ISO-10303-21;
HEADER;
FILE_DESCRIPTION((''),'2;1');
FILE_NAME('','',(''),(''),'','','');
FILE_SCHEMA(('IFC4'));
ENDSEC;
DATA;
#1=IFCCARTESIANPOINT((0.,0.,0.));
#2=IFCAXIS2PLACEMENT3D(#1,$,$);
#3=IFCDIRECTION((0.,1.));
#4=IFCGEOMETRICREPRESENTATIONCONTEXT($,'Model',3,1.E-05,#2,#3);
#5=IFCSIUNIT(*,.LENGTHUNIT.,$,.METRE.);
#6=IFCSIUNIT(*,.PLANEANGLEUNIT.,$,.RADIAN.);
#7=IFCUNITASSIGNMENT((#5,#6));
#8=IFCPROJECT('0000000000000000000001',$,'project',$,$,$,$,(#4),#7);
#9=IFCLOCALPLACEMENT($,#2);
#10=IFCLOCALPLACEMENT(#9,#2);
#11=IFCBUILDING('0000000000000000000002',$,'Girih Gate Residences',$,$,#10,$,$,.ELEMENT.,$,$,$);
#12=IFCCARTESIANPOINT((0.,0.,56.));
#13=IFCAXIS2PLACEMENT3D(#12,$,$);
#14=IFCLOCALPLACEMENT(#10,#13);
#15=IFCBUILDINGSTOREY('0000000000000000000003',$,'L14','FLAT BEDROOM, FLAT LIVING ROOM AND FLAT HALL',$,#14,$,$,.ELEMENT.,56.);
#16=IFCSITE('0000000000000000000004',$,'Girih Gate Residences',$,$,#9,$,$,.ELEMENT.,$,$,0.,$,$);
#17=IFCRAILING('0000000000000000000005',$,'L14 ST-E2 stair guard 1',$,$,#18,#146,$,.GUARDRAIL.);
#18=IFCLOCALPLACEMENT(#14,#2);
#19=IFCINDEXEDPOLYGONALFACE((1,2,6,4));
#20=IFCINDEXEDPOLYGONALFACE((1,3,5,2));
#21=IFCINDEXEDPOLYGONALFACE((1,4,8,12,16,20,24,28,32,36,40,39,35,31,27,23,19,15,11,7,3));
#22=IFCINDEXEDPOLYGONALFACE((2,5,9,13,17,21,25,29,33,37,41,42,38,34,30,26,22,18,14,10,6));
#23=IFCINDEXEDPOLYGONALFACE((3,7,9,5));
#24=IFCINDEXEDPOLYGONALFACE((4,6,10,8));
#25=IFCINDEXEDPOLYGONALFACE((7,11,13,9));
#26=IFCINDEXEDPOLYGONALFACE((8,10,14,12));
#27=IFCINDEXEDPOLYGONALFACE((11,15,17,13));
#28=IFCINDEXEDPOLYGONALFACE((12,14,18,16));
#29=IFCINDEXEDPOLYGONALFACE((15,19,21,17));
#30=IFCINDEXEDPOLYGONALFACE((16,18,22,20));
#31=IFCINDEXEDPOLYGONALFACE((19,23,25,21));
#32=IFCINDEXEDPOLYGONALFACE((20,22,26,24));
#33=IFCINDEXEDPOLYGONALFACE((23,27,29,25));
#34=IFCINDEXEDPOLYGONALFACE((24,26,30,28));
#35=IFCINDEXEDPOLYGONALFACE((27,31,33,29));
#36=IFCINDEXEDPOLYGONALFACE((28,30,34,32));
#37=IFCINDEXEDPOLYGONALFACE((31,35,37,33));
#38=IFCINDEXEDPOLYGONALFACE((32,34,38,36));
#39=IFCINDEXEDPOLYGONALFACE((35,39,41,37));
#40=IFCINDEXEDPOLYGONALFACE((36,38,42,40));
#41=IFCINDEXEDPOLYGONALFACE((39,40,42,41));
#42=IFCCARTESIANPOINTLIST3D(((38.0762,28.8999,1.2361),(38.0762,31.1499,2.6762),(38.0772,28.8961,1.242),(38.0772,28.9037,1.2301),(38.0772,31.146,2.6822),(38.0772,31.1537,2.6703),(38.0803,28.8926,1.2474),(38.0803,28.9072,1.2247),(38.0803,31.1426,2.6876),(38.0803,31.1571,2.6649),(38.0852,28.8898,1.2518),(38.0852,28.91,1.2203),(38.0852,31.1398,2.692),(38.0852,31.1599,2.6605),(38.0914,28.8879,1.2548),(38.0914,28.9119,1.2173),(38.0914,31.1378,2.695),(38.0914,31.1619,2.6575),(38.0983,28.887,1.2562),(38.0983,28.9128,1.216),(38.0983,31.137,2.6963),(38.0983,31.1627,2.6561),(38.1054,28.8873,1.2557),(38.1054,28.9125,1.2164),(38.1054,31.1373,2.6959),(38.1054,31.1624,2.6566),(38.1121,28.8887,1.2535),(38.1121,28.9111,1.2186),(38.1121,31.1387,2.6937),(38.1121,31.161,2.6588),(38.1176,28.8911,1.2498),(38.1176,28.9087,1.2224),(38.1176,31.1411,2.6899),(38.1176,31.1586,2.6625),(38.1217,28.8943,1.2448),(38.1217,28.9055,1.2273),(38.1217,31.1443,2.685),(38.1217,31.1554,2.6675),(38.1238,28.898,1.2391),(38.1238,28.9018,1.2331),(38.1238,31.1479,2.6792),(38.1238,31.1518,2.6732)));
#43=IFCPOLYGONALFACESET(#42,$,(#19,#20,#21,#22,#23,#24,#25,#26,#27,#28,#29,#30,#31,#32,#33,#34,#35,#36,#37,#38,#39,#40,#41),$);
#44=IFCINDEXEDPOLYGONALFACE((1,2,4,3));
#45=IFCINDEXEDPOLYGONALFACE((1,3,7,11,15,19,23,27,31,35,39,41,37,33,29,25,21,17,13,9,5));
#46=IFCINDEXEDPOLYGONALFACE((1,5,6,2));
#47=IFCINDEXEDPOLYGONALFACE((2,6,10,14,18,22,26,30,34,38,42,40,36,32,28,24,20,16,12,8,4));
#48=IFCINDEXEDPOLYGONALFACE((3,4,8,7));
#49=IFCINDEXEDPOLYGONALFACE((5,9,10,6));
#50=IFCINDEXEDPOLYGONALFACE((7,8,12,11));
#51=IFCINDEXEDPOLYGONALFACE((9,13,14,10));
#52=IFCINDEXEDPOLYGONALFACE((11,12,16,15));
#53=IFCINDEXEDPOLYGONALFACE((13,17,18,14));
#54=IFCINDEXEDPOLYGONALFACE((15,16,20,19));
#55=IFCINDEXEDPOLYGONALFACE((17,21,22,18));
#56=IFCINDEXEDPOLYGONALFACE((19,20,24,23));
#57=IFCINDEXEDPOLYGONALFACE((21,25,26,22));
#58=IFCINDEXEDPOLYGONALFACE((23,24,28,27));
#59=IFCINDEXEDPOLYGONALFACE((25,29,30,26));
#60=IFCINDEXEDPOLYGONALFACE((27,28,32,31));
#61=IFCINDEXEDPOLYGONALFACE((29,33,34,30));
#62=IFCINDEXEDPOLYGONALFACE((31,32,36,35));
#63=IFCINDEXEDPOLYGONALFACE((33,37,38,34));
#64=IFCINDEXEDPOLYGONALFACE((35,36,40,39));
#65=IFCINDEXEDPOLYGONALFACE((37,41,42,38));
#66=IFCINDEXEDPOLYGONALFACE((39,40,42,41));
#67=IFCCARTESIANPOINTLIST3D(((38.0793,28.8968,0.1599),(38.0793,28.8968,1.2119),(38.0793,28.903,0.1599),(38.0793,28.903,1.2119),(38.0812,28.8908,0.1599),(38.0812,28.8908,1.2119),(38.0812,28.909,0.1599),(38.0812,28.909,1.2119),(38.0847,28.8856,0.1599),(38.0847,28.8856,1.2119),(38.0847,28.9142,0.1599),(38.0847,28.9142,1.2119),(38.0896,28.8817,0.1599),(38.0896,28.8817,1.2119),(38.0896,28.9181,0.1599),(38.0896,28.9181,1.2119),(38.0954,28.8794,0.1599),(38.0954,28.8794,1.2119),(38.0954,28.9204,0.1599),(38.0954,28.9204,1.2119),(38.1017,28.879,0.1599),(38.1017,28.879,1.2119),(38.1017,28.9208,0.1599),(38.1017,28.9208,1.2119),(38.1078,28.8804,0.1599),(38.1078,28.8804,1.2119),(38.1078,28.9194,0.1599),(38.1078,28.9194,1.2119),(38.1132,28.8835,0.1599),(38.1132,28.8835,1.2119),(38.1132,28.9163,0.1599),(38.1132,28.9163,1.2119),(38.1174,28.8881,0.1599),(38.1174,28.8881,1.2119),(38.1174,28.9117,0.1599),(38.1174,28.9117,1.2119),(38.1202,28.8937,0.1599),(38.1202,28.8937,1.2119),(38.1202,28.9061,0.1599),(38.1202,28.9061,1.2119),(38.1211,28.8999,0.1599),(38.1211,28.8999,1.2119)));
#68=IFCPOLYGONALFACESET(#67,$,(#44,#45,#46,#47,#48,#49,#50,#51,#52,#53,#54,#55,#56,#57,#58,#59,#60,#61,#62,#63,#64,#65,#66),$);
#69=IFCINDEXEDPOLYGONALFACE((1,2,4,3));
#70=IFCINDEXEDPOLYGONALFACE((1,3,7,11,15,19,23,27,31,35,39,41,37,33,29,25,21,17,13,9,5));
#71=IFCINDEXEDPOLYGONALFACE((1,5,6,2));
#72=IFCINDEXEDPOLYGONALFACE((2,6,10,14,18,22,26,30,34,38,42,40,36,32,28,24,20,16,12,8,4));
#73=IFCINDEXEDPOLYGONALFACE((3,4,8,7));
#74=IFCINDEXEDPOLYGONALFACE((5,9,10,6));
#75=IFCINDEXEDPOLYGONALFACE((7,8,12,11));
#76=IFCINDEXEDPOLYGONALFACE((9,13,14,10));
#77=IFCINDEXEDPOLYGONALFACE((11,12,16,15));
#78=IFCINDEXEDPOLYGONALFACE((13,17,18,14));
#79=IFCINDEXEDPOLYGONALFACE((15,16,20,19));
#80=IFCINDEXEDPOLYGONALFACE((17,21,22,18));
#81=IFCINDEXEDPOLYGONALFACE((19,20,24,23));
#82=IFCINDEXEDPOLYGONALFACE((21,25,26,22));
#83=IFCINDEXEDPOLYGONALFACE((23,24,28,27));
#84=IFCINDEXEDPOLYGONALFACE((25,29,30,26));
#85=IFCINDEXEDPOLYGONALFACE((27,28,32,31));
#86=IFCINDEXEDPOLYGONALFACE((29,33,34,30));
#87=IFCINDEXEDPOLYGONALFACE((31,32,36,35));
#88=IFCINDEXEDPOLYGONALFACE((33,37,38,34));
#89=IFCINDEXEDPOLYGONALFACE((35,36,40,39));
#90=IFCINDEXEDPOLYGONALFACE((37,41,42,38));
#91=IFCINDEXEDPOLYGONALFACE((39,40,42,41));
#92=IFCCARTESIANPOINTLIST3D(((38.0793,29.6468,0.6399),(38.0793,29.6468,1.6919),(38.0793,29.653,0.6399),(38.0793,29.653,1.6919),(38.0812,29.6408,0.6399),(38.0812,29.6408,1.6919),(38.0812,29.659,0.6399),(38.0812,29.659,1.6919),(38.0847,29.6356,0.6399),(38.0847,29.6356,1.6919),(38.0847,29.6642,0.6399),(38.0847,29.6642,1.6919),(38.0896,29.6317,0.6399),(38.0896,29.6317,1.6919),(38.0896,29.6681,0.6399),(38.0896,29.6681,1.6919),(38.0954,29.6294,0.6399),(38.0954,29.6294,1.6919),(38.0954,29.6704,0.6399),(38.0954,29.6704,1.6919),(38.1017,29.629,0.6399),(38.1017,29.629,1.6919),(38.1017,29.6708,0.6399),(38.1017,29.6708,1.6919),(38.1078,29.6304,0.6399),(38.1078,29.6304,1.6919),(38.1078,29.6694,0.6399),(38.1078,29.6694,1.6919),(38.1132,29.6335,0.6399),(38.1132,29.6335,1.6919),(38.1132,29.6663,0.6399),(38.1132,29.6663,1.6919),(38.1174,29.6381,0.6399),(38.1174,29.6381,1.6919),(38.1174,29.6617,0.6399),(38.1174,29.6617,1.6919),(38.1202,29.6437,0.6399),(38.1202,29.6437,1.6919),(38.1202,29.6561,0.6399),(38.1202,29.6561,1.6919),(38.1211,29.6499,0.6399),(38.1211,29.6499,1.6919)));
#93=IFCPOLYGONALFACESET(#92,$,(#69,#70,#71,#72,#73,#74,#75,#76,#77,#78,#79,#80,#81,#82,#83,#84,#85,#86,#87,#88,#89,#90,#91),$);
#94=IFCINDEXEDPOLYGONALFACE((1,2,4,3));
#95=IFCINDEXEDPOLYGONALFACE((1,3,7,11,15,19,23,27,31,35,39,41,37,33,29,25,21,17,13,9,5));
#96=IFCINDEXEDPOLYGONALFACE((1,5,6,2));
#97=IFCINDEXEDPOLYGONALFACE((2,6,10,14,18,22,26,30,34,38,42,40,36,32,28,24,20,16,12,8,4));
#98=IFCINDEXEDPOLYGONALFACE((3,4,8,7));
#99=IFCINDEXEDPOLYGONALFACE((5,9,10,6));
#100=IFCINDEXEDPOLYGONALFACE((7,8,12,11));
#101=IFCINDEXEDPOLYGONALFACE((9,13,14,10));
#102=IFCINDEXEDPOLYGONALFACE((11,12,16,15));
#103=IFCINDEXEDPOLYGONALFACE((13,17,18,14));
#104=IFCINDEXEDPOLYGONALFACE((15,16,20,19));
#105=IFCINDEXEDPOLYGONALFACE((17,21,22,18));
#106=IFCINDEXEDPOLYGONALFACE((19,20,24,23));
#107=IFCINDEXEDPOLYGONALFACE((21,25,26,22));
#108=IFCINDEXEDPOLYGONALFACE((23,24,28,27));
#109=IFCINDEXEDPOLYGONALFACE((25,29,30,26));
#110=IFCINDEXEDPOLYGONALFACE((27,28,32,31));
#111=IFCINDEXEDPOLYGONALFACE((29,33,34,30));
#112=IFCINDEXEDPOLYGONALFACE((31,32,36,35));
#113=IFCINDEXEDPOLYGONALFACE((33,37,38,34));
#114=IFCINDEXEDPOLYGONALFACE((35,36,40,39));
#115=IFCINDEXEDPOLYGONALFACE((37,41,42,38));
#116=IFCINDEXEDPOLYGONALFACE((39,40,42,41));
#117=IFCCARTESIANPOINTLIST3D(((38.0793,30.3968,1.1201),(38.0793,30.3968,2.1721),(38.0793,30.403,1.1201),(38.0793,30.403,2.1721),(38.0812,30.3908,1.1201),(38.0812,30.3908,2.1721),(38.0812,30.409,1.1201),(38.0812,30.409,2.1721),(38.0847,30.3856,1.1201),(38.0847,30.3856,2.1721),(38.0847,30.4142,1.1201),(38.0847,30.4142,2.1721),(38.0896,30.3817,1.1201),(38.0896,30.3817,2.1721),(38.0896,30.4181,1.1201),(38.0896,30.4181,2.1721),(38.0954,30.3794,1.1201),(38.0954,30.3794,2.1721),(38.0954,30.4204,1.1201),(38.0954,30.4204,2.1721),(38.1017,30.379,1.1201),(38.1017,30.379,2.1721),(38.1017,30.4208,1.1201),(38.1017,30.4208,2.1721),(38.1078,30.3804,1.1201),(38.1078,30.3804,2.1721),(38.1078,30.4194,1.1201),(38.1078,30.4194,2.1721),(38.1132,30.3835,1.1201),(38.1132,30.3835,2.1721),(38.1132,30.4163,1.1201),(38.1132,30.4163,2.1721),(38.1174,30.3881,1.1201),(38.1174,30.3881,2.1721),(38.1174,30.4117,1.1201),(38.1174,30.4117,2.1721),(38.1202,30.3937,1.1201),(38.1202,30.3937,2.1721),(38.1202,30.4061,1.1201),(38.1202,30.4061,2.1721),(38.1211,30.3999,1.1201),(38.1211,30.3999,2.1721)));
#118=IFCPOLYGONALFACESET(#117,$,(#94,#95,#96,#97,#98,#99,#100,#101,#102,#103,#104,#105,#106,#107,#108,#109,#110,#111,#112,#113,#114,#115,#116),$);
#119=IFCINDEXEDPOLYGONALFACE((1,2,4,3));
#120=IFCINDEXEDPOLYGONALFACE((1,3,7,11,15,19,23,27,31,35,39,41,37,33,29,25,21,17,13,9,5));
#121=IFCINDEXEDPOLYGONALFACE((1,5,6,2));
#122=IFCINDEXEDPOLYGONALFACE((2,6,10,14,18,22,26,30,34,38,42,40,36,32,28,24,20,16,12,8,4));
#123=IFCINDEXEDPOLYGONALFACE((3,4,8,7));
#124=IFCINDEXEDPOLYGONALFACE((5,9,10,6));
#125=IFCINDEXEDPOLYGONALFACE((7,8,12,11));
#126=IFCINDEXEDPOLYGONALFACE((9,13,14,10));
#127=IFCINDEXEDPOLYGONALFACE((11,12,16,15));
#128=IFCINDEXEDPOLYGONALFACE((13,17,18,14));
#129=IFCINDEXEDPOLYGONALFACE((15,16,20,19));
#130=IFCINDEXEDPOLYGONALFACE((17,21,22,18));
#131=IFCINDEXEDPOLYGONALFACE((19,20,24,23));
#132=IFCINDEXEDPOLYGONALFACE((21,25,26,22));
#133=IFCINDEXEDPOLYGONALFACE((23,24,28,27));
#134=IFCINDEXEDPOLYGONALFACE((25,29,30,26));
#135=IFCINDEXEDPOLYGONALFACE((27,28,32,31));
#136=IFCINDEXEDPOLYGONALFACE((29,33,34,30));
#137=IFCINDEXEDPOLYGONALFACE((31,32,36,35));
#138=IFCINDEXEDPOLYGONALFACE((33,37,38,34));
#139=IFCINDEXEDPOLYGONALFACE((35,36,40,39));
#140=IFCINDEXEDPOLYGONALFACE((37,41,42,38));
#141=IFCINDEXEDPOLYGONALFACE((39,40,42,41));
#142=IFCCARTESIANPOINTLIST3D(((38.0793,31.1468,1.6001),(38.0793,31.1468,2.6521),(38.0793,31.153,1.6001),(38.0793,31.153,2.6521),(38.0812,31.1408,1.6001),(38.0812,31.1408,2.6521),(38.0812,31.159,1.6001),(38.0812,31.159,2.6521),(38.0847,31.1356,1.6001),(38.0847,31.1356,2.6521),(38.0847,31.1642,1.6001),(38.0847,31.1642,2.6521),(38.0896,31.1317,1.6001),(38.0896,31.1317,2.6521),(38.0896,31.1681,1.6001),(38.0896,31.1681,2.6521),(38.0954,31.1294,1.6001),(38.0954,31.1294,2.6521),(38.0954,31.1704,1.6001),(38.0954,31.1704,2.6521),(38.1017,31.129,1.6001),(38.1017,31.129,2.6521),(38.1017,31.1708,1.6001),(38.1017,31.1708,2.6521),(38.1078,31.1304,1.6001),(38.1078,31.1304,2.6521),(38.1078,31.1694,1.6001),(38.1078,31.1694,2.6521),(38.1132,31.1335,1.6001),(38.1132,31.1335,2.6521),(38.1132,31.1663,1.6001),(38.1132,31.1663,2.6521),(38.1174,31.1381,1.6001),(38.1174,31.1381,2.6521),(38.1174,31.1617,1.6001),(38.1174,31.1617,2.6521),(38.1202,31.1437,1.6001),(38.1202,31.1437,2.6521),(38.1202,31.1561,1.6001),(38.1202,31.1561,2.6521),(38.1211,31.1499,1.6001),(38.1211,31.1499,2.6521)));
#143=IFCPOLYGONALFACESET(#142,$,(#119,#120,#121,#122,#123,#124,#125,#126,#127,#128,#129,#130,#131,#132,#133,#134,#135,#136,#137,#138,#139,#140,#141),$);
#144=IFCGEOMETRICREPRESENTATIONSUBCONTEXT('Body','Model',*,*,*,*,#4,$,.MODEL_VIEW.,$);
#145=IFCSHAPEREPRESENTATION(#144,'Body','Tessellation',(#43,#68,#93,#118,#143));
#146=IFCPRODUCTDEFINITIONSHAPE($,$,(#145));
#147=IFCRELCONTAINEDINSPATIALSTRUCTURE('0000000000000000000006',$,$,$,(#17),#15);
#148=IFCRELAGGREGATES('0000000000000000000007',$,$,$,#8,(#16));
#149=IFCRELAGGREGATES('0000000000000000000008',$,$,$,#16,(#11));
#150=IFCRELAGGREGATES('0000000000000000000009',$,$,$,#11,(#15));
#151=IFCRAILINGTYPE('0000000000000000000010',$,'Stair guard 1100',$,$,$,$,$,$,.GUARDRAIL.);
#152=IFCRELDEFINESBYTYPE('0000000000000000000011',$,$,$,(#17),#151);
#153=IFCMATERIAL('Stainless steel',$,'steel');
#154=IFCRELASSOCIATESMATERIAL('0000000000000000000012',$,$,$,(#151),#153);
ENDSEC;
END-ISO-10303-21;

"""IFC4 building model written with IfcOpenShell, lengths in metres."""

from ifc_helpers import new_model, si_unit, direction, frame, origin, origin_2d, place, context, subcontext, project, spatial, circle, extrude, material, type_object, element, save


model = new_model("IFC4")

# Units and contexts
model_context = context("Model", 3, precision=1e-05, world=origin(), true_north=direction((0.0, 1.0)))
body_context = subcontext(model_context, "Body", "Model", "MODEL_VIEW")
ifc_project = project(units=[si_unit("LENGTHUNIT", "METRE"), si_unit("PLANEANGLEUNIT", "RADIAN")], contexts=[model_context])

# Site, building, storey
site_placement = place(None, origin())
site = spatial("IfcSite", under=ifc_project, at=site_placement, Name="Girih Gate Residences", CompositionType="ELEMENT", RefElevation=0.0)
building_placement = place(site_placement, origin())
building = spatial("IfcBuilding", under=site, at=building_placement, Name="Girih Gate Residences", CompositionType="ELEMENT")
storey_placement = place(building_placement, frame((0.0, 0.0, 56.0)))
storey = spatial("IfcBuildingStorey", under=building, at=storey_placement, Name="L14", Description="FLAT BEDROOM, FLAT LIVING ROOM AND FLAT HALL", CompositionType="ELEMENT", Elevation=56.0)

# Shared definitions
ifc_material_1 = material(Name="Stainless steel", Category="steel")

# Railing
railing_type_1 = type_object("IfcRailingType", Name="Stair guard 1100", PredefinedType="GUARDRAIL", material=ifc_material_1)
railing_1_placement = place(storey_placement, frame((38.1001, 28.8999, 0.1599)))
element("IfcRailing", 1, at=railing_1_placement, inside=storey, type_object=railing_type_1, Name="L14 ST-E2 stair guard 1", PredefinedType="GUARDRAIL", context=body_context, shape_type="SweptSolid", body=[
    extrude(circle(Radius=0.0239, at=origin_2d()), frame((0.0, 0.0, 1.0762), z_axis=(0.0, 0.84224, 0.539103), x_axis=(-1.0, 0.0, 0.0)), (0.0, 0.0, 1.0), 2.6714),
    extrude(circle(Radius=0.021, at=origin_2d()), origin(), (0.0, 0.0, 1.0), 1.052),
    extrude(circle(Radius=0.021, at=origin_2d()), frame((0.0, 0.75, 0.48)), (0.0, 0.0, 1.0), 1.052),
    extrude(circle(Radius=0.021, at=origin_2d()), frame((0.0, 1.5, 0.9602)), (0.0, 0.0, 1.0), 1.052),
    extrude(circle(Radius=0.021, at=origin_2d()), frame((0.0, 2.25, 1.4402)), (0.0, 0.0, 1.0), 1.052),
])

save(model, "model.ifc")
